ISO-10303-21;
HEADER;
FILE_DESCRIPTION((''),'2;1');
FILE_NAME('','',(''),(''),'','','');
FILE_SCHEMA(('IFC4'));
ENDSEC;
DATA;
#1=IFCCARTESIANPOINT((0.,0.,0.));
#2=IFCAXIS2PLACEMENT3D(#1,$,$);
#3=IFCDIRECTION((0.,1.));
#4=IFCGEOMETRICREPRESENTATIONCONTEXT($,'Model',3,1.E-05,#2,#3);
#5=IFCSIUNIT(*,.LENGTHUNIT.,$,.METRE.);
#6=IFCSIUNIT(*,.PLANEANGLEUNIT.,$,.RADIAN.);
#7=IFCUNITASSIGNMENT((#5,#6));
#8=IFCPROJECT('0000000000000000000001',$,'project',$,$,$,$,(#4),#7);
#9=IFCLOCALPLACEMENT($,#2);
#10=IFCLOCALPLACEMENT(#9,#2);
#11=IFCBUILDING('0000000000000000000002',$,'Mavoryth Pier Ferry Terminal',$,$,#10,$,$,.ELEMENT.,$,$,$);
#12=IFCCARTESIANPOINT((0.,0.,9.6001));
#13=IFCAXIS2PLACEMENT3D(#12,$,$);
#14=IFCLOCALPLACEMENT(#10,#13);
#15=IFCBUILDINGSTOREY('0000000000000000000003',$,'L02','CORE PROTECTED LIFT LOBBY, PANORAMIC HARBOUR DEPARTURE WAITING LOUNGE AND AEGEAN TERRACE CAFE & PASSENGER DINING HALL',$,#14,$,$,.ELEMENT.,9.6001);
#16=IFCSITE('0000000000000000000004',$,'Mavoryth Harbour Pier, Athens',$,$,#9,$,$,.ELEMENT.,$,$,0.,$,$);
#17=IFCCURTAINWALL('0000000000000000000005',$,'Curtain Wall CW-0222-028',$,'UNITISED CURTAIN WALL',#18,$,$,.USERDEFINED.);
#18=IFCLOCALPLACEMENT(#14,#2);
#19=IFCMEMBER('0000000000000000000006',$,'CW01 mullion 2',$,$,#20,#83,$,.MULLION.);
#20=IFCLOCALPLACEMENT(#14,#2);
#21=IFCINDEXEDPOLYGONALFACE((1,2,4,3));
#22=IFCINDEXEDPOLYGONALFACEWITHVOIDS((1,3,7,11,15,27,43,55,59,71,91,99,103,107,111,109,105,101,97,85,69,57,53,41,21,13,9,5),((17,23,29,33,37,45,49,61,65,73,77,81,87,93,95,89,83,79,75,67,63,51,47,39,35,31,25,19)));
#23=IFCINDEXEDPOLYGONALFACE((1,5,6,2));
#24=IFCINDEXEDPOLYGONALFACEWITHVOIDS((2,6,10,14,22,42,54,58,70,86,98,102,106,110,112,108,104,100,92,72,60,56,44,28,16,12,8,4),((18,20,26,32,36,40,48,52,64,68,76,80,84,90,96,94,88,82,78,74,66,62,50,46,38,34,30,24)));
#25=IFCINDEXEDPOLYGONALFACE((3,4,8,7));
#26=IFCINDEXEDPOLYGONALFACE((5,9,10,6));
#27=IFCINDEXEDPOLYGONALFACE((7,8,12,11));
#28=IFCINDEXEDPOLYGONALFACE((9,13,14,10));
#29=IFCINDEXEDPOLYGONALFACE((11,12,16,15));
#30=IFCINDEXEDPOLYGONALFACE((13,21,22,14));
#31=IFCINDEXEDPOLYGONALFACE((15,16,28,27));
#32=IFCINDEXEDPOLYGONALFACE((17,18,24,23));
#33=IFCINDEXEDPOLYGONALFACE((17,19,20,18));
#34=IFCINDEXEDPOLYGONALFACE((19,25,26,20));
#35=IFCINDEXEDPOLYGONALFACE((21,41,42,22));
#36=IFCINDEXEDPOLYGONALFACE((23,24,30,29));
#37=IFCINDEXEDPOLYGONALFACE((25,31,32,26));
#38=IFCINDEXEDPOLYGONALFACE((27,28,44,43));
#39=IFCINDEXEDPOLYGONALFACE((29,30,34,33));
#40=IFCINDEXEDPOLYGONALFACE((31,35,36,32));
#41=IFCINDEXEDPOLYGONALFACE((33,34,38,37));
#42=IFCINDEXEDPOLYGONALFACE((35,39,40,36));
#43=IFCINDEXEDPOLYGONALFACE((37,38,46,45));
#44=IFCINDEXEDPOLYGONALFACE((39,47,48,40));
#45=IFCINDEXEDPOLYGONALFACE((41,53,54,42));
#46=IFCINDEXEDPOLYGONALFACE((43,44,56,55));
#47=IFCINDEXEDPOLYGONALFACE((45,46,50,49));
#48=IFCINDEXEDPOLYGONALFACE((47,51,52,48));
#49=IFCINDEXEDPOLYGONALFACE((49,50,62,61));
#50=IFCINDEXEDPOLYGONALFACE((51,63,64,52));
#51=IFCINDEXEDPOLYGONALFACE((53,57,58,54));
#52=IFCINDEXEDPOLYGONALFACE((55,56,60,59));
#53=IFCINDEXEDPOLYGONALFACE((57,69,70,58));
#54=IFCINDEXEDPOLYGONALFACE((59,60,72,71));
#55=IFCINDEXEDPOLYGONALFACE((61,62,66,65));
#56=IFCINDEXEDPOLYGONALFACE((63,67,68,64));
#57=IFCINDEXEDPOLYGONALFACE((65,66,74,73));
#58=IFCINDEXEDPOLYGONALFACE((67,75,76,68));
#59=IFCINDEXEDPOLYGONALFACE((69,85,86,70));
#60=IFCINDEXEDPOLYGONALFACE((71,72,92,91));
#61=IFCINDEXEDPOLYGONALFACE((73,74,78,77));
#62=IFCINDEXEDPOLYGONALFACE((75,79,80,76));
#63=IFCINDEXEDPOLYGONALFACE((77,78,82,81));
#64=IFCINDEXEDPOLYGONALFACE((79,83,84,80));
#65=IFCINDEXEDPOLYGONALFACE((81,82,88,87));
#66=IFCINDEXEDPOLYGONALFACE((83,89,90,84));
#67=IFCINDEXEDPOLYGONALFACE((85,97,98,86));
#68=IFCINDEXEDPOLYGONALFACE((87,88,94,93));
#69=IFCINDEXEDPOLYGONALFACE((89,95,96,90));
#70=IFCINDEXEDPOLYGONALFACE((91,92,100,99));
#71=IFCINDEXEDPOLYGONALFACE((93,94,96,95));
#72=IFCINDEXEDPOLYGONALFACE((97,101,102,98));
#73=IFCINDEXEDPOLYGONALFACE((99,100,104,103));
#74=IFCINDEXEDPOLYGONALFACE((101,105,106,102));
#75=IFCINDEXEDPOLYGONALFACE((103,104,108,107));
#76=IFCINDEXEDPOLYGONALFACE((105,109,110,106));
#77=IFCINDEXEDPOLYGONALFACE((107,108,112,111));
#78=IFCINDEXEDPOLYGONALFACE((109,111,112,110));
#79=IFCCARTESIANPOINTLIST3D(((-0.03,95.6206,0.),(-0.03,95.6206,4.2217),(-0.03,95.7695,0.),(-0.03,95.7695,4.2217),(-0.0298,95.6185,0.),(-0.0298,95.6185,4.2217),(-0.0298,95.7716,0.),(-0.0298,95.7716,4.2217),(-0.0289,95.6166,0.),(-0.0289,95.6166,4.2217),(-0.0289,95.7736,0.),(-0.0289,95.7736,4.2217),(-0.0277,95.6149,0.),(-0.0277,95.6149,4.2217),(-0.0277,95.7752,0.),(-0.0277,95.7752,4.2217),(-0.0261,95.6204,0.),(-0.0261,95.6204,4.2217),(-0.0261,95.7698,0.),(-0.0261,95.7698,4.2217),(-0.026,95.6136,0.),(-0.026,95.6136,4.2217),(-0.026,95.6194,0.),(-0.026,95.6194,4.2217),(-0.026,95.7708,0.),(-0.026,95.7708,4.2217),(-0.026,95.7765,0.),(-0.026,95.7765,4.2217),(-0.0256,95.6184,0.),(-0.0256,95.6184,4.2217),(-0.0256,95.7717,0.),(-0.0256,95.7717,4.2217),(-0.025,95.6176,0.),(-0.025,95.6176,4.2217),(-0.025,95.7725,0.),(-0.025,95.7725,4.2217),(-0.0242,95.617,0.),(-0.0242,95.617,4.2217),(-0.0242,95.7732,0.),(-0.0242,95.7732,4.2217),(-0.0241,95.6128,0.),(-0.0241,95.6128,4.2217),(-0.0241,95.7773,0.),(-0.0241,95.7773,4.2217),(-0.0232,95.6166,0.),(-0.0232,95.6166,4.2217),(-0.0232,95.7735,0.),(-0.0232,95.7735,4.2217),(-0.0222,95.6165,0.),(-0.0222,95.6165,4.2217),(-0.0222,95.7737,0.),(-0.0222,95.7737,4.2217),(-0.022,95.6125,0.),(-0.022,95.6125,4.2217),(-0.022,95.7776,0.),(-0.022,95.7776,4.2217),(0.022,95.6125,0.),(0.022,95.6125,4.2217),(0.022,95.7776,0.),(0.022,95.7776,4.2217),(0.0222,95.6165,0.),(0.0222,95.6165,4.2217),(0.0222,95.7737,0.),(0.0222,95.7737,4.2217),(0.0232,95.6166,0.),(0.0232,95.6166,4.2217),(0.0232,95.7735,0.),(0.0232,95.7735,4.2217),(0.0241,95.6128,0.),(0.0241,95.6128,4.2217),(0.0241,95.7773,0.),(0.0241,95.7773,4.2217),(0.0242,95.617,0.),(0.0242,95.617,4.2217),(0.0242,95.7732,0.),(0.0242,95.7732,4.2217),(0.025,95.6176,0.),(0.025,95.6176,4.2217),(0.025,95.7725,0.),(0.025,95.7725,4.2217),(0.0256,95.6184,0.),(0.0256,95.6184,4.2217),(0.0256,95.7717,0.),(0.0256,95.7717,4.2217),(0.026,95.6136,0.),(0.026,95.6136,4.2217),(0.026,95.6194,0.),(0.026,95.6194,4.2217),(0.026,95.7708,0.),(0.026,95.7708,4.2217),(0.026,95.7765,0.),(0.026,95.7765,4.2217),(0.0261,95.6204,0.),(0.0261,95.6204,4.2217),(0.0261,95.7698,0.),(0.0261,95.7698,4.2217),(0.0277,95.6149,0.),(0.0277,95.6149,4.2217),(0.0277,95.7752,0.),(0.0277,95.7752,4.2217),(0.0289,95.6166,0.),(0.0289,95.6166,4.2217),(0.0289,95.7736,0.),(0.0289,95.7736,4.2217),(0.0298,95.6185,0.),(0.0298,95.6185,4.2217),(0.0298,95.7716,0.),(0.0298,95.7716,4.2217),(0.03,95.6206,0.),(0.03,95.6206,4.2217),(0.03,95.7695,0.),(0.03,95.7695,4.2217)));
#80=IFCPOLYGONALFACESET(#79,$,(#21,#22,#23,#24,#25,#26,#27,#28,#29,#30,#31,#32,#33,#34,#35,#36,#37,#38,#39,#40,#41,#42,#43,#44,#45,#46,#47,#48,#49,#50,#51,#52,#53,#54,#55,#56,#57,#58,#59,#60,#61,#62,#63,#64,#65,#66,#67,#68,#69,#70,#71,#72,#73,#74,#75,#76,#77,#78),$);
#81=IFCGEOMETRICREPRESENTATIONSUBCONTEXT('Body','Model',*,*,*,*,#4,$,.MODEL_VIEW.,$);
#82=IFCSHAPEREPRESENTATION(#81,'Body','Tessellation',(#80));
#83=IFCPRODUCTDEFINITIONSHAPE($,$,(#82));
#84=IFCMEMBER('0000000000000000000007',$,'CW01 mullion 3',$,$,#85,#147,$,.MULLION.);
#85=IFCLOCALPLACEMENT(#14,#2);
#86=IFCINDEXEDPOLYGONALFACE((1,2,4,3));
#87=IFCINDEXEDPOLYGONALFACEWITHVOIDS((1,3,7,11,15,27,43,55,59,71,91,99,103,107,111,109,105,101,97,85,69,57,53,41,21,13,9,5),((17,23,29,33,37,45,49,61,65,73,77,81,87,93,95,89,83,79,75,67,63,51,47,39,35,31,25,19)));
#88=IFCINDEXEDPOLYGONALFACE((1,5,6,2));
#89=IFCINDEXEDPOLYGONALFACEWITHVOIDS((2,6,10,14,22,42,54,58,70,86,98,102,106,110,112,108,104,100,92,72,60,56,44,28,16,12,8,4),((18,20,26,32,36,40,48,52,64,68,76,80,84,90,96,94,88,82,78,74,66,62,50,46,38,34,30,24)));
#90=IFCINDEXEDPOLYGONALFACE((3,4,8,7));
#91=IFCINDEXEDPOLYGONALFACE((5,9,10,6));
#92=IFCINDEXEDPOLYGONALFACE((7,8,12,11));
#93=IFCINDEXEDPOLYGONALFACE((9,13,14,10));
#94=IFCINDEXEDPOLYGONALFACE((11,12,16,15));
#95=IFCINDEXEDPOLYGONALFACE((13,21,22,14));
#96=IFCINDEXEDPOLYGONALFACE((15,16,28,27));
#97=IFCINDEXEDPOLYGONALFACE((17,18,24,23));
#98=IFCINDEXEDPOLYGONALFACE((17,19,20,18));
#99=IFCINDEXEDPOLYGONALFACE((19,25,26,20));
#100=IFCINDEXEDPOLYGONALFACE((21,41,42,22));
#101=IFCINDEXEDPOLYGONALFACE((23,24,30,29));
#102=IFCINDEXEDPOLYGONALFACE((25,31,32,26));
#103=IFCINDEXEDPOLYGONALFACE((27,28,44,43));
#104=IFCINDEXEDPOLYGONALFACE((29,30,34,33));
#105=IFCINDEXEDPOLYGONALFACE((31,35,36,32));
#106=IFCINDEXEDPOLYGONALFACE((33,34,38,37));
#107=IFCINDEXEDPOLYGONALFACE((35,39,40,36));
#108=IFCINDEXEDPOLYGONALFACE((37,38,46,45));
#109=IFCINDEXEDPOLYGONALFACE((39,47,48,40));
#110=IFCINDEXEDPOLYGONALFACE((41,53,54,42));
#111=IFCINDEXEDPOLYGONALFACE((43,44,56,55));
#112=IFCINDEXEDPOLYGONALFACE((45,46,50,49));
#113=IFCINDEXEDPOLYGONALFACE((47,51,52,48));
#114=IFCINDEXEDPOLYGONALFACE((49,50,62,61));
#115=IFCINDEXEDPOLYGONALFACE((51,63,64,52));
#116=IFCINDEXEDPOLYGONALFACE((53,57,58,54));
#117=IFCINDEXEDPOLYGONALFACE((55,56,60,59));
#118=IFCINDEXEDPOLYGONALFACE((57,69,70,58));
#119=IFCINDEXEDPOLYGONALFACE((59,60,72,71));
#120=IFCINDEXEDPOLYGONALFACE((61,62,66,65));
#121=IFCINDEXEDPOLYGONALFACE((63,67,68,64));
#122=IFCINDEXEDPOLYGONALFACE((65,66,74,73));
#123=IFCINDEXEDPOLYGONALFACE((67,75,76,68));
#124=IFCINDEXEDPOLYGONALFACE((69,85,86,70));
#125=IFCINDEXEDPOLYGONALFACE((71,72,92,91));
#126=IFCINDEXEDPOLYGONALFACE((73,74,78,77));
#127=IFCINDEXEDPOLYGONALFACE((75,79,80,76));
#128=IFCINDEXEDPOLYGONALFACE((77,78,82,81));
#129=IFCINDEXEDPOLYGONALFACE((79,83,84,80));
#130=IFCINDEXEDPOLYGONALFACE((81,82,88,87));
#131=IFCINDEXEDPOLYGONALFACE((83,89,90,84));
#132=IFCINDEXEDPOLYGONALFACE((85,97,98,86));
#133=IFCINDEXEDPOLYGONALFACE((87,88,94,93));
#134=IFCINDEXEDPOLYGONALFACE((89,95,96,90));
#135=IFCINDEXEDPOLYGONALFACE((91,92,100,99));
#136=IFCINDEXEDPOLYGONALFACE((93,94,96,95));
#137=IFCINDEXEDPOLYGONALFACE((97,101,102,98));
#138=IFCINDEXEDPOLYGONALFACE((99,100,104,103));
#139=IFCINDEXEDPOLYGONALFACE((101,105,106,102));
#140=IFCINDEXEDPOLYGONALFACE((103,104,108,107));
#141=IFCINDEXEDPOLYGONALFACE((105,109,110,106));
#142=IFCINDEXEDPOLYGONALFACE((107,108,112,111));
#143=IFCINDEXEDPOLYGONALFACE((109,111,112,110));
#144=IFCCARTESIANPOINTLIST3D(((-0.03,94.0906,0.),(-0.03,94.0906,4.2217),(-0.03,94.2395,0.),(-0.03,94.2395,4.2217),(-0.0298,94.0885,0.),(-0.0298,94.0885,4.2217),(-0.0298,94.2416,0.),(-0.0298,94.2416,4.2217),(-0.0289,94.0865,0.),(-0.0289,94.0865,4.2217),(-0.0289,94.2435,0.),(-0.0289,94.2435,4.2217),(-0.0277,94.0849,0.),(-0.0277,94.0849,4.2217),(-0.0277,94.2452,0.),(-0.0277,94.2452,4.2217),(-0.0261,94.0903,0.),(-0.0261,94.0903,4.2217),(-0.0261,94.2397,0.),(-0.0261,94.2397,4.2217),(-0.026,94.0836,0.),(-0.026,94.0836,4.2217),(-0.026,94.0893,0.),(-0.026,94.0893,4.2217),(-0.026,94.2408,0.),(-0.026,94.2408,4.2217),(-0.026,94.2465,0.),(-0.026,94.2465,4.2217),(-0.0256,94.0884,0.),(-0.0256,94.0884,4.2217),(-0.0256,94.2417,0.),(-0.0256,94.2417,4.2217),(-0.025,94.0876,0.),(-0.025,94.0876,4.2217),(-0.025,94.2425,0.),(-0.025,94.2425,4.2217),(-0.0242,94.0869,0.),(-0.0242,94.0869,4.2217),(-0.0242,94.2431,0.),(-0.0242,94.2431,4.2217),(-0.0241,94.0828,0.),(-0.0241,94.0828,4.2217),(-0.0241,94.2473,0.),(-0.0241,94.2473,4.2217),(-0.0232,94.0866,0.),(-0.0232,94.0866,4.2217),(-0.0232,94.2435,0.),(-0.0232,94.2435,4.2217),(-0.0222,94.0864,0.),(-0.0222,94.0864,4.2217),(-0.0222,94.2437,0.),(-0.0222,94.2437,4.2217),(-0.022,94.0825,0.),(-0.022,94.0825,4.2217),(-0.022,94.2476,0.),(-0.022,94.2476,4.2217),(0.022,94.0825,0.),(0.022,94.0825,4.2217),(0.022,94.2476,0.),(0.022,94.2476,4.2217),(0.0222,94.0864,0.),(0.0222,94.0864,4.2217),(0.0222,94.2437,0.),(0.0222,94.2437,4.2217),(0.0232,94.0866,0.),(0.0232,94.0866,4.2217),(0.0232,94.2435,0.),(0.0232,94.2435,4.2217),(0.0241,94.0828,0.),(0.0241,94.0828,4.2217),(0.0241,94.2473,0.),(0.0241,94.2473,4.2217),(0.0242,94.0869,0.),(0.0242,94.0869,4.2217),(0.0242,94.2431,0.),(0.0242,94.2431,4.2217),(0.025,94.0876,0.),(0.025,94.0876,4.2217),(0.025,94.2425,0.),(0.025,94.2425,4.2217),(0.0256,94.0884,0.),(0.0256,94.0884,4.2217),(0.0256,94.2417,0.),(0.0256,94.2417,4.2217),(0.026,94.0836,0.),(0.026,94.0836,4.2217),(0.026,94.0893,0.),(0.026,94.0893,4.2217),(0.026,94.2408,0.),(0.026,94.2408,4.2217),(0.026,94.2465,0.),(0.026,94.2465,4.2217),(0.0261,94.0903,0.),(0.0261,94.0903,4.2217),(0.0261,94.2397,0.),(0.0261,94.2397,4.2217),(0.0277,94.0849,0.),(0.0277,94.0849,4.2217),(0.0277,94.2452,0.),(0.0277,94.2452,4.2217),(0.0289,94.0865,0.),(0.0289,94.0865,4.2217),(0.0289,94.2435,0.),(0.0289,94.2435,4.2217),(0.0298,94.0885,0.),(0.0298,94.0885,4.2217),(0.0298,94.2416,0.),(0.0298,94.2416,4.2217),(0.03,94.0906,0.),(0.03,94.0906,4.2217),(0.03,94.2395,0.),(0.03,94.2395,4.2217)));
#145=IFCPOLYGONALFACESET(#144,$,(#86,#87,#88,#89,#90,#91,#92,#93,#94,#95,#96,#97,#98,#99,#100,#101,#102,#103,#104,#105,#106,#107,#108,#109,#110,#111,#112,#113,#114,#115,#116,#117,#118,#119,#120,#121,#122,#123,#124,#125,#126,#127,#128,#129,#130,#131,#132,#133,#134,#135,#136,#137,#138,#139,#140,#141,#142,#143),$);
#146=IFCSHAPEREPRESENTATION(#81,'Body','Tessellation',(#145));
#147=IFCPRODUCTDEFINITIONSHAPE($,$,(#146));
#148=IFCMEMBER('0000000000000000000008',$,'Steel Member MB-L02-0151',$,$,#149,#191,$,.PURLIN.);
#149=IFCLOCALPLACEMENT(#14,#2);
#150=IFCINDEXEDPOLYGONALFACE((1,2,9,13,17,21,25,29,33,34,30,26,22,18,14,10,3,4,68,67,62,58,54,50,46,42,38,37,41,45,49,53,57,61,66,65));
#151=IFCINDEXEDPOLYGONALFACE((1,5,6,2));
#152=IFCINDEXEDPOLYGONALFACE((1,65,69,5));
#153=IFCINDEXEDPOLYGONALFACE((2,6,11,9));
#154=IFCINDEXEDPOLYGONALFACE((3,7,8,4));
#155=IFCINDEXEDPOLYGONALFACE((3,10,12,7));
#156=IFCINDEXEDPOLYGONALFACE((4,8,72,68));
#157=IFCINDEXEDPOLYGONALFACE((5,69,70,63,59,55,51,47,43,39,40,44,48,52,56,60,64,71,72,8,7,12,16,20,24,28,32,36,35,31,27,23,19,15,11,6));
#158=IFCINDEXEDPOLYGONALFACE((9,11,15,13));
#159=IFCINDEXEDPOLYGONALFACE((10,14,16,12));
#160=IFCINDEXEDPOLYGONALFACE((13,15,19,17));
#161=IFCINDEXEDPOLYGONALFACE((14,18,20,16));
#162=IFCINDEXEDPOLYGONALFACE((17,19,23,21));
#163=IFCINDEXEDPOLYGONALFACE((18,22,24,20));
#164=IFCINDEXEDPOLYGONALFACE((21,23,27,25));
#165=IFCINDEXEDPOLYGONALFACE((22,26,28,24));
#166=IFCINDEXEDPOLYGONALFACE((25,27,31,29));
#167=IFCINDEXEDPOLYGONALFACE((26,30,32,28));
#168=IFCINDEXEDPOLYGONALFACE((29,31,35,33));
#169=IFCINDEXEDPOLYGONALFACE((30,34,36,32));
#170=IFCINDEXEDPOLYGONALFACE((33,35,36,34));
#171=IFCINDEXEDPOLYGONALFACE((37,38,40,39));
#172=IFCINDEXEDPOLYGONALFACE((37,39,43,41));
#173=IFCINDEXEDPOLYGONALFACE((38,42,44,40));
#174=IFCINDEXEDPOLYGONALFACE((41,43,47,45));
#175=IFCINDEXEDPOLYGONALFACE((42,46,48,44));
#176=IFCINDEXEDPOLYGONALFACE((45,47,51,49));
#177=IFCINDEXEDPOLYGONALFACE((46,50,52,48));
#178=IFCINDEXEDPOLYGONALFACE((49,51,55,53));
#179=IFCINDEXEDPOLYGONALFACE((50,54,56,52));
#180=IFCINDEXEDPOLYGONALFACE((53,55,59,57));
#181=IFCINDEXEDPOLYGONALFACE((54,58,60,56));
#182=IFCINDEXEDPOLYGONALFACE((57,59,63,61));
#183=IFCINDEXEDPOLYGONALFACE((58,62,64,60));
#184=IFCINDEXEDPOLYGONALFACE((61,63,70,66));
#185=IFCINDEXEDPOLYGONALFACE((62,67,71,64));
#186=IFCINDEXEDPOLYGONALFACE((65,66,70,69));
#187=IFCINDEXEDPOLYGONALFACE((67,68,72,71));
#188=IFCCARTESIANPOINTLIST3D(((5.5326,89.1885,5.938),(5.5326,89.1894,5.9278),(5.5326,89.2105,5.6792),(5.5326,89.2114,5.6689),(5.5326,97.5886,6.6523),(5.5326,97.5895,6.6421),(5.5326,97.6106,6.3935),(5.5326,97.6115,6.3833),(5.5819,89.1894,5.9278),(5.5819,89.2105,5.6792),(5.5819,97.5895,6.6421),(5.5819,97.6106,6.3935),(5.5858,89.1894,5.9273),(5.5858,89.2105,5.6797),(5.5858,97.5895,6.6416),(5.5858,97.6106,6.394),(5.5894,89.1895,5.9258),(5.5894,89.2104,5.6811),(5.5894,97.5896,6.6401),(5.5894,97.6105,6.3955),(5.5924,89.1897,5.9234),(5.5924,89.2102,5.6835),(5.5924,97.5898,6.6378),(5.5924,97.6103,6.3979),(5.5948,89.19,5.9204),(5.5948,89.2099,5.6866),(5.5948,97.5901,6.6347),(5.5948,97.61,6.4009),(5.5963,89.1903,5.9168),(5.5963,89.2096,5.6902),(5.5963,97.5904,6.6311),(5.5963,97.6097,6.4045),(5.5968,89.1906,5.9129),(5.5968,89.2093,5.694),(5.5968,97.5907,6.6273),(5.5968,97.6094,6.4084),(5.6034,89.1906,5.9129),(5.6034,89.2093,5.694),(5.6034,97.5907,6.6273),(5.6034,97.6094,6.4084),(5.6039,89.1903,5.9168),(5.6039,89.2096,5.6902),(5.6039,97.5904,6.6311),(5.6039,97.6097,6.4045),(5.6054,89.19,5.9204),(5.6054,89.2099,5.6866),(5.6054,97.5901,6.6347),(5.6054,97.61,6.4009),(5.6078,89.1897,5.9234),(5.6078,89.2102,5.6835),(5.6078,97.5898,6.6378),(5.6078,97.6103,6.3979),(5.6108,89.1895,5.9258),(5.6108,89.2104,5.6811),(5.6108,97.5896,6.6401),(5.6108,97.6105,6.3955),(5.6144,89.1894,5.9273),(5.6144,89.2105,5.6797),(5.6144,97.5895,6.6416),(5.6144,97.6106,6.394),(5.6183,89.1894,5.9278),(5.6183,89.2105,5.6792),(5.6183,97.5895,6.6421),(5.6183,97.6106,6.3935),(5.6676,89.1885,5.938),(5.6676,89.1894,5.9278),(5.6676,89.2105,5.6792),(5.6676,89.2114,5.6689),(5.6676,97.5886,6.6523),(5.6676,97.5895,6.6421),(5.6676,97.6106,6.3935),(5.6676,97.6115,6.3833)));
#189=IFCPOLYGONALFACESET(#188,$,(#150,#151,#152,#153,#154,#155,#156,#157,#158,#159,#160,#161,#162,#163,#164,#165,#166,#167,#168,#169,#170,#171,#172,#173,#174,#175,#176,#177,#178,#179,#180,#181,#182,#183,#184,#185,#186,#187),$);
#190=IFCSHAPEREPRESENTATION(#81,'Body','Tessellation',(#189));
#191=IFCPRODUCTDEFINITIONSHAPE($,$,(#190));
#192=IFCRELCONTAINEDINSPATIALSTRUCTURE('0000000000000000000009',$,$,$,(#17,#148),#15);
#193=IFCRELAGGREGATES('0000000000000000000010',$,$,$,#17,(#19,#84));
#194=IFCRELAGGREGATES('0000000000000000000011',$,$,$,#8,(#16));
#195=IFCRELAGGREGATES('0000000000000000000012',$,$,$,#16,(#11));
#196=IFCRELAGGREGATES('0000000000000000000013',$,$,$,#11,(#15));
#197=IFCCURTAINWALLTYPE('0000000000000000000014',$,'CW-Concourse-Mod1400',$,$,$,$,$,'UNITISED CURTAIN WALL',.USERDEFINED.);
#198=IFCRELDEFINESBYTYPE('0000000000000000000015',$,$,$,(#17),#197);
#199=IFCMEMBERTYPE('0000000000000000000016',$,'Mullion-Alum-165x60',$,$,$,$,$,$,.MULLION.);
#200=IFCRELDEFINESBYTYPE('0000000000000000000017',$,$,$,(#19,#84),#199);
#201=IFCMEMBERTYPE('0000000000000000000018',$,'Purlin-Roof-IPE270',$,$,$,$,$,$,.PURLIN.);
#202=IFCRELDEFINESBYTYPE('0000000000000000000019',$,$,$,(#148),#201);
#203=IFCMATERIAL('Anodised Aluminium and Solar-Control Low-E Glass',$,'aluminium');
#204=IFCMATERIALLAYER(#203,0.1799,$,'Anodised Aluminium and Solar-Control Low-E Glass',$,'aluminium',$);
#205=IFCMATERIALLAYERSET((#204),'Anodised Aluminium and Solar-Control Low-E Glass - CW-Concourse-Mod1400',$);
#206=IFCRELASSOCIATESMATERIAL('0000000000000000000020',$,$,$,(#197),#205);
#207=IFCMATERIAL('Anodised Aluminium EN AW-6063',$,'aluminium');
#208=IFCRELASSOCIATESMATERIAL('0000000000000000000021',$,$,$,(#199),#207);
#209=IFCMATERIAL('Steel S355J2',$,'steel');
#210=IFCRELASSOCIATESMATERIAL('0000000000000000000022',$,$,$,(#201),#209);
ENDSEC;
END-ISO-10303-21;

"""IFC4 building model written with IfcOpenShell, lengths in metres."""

from ifc_helpers import new_model, si_unit, direction, frame, origin, origin_2d, place, context, subcontext, project, spatial, hollow_rectangle, i_section, extrude, material, layer, layer_set, material_profile, profile_set, type_object, element, aggregate, save


model = new_model("IFC4")

# Units and contexts
model_context = context("Model", 3, precision=1e-05, world=origin(), true_north=direction((0.0, 1.0)))
body_context = subcontext(model_context, "Body", "Model", "MODEL_VIEW")
ifc_project = project(units=[si_unit("LENGTHUNIT", "METRE"), si_unit("PLANEANGLEUNIT", "RADIAN")], contexts=[model_context])

# Site, building, storey
site_placement = place(None, origin())
site = spatial("IfcSite", under=ifc_project, at=site_placement, Name="Mavoryth Harbour Pier, Athens", CompositionType="ELEMENT", RefElevation=0.0)
building_placement = place(site_placement, origin())
building = spatial("IfcBuilding", under=site, at=building_placement, Name="Mavoryth Pier Ferry Terminal", CompositionType="ELEMENT")
storey_placement = place(building_placement, frame((0.0, 0.0, 9.6001)))
storey = spatial("IfcBuildingStorey", under=building, at=storey_placement, Name="L02", Description="CORE PROTECTED LIFT LOBBY, PANORAMIC HARBOUR DEPARTURE WAITING LOUNGE AND AEGEAN TERRACE CAFE & PASSENGER DINING HALL", CompositionType="ELEMENT", Elevation=9.6001)

# Shared definitions
ifc_material_1 = material(Name="Steel S355J2", Category="steel")

# Curtain wall, members
ifc_material_2 = material(Name="Anodised Aluminium and Solar-Control Low-E Glass", Category="aluminium")
ifc_layer_1 = layer(ifc_material_2, 0.1799, Name="Anodised Aluminium and Solar-Control Low-E Glass", Category="aluminium")
ifc_layer_set_1 = layer_set([ifc_layer_1], Name="Anodised Aluminium and Solar-Control Low-E Glass - CW-Concourse-Mod1400")
curtain_wall_type = type_object("IfcCurtainWallType", Name="CW-Concourse-Mod1400", ElementType="UNITISED CURTAIN WALL", PredefinedType="USERDEFINED", material=ifc_layer_set_1)
curtain_wall_placement = place(storey_placement, origin())
curtain_wall = element("IfcCurtainWall", 1, at=curtain_wall_placement, inside=storey, type_object=curtain_wall_type, Name="Curtain Wall CW-0222-028", ObjectType="UNITISED CURTAIN WALL", PredefinedType="USERDEFINED")
ifc_material_3 = material(Name="Anodised Aluminium EN AW-6063", Category="aluminium")
ifc_material_profile_1 = material_profile(ifc_material_3, hollow_rectangle(XDim=0.0601, YDim=0.165, WallThickness=0.0039, InnerFilletRadius=0.0039, OuterFilletRadius=0.0081, at=origin_2d()), Name="AL-MULL 165x60x4", Category="aluminium")
ifc_profile_set_1 = profile_set([ifc_material_profile_1], Name="Anodised Aluminium EN AW-6063 - AL-MULL 165x60x4")
member_type_1 = type_object("IfcMemberType", Name="Mullion-Alum-165x60", PredefinedType="MULLION", material=ifc_profile_set_1)
member_1_placement = place(storey_placement, frame((0.0, 95.6951, 0.0), z_axis=(0.0, 0.0, 1.0), x_axis=(1.0, 0.0, 0.0)))
member_1 = element("IfcMember", 2, at=member_1_placement, type_object=member_type_1, Name="CW01 mullion 2", PredefinedType="MULLION", context=body_context, shape_type="SweptSolid", body=[
    extrude(hollow_rectangle(XDim=0.0601, YDim=0.165, WallThickness=0.0039, InnerFilletRadius=0.0039, OuterFilletRadius=0.0081, at=origin_2d()), origin(), (0.0, 0.0, 1.0), 4.2217),
])
member_2_placement = place(storey_placement, frame((0.0, 94.165, 0.0), z_axis=(0.0, 0.0, 1.0), x_axis=(1.0, 0.0, 0.0)))
member_2 = element("IfcMember", 3, at=member_2_placement, type_object=member_type_1, Name="CW01 mullion 3", PredefinedType="MULLION", context=body_context, shape_type="SweptSolid", body=[
    extrude(hollow_rectangle(XDim=0.0601, YDim=0.165, WallThickness=0.0039, InnerFilletRadius=0.0039, OuterFilletRadius=0.0081, at=origin_2d()), origin(), (0.0, 0.0, 1.0), 4.2217),
])

# Member
ifc_material_profile_2 = material_profile(ifc_material_1, i_section(OverallWidth=0.135, OverallDepth=0.27, WebThickness=0.0066, FlangeThickness=0.0103, FilletRadius=0.0149, at=origin_2d()), Name="IPE 270", Category="steel")
ifc_profile_set_2 = profile_set([ifc_material_profile_2], Name="Steel S355J2 - IPE 270")
member_type_2 = type_object("IfcMemberType", Name="Purlin-Roof-IPE270", PredefinedType="PURLIN", material=ifc_profile_set_2)
member_3_placement = place(storey_placement, frame((5.6001, 89.2, 5.8035), z_axis=(0.0, 0.996404, 0.084735), x_axis=(-1.0, 0.0, 0.0)))
element("IfcMember", 4, at=member_3_placement, inside=storey, type_object=member_type_2, Name="Steel Member MB-L02-0151", PredefinedType="PURLIN", context=body_context, shape_type="SweptSolid", body=[
    extrude(i_section(OverallWidth=0.135, OverallDepth=0.27, WebThickness=0.0066, FlangeThickness=0.0103, FilletRadius=0.0149, at=origin_2d()), origin(), (0.0, 0.0, 1.0), 8.4304),
])

aggregate(curtain_wall, [member_1, member_2])

save(model, "model.ifc")
